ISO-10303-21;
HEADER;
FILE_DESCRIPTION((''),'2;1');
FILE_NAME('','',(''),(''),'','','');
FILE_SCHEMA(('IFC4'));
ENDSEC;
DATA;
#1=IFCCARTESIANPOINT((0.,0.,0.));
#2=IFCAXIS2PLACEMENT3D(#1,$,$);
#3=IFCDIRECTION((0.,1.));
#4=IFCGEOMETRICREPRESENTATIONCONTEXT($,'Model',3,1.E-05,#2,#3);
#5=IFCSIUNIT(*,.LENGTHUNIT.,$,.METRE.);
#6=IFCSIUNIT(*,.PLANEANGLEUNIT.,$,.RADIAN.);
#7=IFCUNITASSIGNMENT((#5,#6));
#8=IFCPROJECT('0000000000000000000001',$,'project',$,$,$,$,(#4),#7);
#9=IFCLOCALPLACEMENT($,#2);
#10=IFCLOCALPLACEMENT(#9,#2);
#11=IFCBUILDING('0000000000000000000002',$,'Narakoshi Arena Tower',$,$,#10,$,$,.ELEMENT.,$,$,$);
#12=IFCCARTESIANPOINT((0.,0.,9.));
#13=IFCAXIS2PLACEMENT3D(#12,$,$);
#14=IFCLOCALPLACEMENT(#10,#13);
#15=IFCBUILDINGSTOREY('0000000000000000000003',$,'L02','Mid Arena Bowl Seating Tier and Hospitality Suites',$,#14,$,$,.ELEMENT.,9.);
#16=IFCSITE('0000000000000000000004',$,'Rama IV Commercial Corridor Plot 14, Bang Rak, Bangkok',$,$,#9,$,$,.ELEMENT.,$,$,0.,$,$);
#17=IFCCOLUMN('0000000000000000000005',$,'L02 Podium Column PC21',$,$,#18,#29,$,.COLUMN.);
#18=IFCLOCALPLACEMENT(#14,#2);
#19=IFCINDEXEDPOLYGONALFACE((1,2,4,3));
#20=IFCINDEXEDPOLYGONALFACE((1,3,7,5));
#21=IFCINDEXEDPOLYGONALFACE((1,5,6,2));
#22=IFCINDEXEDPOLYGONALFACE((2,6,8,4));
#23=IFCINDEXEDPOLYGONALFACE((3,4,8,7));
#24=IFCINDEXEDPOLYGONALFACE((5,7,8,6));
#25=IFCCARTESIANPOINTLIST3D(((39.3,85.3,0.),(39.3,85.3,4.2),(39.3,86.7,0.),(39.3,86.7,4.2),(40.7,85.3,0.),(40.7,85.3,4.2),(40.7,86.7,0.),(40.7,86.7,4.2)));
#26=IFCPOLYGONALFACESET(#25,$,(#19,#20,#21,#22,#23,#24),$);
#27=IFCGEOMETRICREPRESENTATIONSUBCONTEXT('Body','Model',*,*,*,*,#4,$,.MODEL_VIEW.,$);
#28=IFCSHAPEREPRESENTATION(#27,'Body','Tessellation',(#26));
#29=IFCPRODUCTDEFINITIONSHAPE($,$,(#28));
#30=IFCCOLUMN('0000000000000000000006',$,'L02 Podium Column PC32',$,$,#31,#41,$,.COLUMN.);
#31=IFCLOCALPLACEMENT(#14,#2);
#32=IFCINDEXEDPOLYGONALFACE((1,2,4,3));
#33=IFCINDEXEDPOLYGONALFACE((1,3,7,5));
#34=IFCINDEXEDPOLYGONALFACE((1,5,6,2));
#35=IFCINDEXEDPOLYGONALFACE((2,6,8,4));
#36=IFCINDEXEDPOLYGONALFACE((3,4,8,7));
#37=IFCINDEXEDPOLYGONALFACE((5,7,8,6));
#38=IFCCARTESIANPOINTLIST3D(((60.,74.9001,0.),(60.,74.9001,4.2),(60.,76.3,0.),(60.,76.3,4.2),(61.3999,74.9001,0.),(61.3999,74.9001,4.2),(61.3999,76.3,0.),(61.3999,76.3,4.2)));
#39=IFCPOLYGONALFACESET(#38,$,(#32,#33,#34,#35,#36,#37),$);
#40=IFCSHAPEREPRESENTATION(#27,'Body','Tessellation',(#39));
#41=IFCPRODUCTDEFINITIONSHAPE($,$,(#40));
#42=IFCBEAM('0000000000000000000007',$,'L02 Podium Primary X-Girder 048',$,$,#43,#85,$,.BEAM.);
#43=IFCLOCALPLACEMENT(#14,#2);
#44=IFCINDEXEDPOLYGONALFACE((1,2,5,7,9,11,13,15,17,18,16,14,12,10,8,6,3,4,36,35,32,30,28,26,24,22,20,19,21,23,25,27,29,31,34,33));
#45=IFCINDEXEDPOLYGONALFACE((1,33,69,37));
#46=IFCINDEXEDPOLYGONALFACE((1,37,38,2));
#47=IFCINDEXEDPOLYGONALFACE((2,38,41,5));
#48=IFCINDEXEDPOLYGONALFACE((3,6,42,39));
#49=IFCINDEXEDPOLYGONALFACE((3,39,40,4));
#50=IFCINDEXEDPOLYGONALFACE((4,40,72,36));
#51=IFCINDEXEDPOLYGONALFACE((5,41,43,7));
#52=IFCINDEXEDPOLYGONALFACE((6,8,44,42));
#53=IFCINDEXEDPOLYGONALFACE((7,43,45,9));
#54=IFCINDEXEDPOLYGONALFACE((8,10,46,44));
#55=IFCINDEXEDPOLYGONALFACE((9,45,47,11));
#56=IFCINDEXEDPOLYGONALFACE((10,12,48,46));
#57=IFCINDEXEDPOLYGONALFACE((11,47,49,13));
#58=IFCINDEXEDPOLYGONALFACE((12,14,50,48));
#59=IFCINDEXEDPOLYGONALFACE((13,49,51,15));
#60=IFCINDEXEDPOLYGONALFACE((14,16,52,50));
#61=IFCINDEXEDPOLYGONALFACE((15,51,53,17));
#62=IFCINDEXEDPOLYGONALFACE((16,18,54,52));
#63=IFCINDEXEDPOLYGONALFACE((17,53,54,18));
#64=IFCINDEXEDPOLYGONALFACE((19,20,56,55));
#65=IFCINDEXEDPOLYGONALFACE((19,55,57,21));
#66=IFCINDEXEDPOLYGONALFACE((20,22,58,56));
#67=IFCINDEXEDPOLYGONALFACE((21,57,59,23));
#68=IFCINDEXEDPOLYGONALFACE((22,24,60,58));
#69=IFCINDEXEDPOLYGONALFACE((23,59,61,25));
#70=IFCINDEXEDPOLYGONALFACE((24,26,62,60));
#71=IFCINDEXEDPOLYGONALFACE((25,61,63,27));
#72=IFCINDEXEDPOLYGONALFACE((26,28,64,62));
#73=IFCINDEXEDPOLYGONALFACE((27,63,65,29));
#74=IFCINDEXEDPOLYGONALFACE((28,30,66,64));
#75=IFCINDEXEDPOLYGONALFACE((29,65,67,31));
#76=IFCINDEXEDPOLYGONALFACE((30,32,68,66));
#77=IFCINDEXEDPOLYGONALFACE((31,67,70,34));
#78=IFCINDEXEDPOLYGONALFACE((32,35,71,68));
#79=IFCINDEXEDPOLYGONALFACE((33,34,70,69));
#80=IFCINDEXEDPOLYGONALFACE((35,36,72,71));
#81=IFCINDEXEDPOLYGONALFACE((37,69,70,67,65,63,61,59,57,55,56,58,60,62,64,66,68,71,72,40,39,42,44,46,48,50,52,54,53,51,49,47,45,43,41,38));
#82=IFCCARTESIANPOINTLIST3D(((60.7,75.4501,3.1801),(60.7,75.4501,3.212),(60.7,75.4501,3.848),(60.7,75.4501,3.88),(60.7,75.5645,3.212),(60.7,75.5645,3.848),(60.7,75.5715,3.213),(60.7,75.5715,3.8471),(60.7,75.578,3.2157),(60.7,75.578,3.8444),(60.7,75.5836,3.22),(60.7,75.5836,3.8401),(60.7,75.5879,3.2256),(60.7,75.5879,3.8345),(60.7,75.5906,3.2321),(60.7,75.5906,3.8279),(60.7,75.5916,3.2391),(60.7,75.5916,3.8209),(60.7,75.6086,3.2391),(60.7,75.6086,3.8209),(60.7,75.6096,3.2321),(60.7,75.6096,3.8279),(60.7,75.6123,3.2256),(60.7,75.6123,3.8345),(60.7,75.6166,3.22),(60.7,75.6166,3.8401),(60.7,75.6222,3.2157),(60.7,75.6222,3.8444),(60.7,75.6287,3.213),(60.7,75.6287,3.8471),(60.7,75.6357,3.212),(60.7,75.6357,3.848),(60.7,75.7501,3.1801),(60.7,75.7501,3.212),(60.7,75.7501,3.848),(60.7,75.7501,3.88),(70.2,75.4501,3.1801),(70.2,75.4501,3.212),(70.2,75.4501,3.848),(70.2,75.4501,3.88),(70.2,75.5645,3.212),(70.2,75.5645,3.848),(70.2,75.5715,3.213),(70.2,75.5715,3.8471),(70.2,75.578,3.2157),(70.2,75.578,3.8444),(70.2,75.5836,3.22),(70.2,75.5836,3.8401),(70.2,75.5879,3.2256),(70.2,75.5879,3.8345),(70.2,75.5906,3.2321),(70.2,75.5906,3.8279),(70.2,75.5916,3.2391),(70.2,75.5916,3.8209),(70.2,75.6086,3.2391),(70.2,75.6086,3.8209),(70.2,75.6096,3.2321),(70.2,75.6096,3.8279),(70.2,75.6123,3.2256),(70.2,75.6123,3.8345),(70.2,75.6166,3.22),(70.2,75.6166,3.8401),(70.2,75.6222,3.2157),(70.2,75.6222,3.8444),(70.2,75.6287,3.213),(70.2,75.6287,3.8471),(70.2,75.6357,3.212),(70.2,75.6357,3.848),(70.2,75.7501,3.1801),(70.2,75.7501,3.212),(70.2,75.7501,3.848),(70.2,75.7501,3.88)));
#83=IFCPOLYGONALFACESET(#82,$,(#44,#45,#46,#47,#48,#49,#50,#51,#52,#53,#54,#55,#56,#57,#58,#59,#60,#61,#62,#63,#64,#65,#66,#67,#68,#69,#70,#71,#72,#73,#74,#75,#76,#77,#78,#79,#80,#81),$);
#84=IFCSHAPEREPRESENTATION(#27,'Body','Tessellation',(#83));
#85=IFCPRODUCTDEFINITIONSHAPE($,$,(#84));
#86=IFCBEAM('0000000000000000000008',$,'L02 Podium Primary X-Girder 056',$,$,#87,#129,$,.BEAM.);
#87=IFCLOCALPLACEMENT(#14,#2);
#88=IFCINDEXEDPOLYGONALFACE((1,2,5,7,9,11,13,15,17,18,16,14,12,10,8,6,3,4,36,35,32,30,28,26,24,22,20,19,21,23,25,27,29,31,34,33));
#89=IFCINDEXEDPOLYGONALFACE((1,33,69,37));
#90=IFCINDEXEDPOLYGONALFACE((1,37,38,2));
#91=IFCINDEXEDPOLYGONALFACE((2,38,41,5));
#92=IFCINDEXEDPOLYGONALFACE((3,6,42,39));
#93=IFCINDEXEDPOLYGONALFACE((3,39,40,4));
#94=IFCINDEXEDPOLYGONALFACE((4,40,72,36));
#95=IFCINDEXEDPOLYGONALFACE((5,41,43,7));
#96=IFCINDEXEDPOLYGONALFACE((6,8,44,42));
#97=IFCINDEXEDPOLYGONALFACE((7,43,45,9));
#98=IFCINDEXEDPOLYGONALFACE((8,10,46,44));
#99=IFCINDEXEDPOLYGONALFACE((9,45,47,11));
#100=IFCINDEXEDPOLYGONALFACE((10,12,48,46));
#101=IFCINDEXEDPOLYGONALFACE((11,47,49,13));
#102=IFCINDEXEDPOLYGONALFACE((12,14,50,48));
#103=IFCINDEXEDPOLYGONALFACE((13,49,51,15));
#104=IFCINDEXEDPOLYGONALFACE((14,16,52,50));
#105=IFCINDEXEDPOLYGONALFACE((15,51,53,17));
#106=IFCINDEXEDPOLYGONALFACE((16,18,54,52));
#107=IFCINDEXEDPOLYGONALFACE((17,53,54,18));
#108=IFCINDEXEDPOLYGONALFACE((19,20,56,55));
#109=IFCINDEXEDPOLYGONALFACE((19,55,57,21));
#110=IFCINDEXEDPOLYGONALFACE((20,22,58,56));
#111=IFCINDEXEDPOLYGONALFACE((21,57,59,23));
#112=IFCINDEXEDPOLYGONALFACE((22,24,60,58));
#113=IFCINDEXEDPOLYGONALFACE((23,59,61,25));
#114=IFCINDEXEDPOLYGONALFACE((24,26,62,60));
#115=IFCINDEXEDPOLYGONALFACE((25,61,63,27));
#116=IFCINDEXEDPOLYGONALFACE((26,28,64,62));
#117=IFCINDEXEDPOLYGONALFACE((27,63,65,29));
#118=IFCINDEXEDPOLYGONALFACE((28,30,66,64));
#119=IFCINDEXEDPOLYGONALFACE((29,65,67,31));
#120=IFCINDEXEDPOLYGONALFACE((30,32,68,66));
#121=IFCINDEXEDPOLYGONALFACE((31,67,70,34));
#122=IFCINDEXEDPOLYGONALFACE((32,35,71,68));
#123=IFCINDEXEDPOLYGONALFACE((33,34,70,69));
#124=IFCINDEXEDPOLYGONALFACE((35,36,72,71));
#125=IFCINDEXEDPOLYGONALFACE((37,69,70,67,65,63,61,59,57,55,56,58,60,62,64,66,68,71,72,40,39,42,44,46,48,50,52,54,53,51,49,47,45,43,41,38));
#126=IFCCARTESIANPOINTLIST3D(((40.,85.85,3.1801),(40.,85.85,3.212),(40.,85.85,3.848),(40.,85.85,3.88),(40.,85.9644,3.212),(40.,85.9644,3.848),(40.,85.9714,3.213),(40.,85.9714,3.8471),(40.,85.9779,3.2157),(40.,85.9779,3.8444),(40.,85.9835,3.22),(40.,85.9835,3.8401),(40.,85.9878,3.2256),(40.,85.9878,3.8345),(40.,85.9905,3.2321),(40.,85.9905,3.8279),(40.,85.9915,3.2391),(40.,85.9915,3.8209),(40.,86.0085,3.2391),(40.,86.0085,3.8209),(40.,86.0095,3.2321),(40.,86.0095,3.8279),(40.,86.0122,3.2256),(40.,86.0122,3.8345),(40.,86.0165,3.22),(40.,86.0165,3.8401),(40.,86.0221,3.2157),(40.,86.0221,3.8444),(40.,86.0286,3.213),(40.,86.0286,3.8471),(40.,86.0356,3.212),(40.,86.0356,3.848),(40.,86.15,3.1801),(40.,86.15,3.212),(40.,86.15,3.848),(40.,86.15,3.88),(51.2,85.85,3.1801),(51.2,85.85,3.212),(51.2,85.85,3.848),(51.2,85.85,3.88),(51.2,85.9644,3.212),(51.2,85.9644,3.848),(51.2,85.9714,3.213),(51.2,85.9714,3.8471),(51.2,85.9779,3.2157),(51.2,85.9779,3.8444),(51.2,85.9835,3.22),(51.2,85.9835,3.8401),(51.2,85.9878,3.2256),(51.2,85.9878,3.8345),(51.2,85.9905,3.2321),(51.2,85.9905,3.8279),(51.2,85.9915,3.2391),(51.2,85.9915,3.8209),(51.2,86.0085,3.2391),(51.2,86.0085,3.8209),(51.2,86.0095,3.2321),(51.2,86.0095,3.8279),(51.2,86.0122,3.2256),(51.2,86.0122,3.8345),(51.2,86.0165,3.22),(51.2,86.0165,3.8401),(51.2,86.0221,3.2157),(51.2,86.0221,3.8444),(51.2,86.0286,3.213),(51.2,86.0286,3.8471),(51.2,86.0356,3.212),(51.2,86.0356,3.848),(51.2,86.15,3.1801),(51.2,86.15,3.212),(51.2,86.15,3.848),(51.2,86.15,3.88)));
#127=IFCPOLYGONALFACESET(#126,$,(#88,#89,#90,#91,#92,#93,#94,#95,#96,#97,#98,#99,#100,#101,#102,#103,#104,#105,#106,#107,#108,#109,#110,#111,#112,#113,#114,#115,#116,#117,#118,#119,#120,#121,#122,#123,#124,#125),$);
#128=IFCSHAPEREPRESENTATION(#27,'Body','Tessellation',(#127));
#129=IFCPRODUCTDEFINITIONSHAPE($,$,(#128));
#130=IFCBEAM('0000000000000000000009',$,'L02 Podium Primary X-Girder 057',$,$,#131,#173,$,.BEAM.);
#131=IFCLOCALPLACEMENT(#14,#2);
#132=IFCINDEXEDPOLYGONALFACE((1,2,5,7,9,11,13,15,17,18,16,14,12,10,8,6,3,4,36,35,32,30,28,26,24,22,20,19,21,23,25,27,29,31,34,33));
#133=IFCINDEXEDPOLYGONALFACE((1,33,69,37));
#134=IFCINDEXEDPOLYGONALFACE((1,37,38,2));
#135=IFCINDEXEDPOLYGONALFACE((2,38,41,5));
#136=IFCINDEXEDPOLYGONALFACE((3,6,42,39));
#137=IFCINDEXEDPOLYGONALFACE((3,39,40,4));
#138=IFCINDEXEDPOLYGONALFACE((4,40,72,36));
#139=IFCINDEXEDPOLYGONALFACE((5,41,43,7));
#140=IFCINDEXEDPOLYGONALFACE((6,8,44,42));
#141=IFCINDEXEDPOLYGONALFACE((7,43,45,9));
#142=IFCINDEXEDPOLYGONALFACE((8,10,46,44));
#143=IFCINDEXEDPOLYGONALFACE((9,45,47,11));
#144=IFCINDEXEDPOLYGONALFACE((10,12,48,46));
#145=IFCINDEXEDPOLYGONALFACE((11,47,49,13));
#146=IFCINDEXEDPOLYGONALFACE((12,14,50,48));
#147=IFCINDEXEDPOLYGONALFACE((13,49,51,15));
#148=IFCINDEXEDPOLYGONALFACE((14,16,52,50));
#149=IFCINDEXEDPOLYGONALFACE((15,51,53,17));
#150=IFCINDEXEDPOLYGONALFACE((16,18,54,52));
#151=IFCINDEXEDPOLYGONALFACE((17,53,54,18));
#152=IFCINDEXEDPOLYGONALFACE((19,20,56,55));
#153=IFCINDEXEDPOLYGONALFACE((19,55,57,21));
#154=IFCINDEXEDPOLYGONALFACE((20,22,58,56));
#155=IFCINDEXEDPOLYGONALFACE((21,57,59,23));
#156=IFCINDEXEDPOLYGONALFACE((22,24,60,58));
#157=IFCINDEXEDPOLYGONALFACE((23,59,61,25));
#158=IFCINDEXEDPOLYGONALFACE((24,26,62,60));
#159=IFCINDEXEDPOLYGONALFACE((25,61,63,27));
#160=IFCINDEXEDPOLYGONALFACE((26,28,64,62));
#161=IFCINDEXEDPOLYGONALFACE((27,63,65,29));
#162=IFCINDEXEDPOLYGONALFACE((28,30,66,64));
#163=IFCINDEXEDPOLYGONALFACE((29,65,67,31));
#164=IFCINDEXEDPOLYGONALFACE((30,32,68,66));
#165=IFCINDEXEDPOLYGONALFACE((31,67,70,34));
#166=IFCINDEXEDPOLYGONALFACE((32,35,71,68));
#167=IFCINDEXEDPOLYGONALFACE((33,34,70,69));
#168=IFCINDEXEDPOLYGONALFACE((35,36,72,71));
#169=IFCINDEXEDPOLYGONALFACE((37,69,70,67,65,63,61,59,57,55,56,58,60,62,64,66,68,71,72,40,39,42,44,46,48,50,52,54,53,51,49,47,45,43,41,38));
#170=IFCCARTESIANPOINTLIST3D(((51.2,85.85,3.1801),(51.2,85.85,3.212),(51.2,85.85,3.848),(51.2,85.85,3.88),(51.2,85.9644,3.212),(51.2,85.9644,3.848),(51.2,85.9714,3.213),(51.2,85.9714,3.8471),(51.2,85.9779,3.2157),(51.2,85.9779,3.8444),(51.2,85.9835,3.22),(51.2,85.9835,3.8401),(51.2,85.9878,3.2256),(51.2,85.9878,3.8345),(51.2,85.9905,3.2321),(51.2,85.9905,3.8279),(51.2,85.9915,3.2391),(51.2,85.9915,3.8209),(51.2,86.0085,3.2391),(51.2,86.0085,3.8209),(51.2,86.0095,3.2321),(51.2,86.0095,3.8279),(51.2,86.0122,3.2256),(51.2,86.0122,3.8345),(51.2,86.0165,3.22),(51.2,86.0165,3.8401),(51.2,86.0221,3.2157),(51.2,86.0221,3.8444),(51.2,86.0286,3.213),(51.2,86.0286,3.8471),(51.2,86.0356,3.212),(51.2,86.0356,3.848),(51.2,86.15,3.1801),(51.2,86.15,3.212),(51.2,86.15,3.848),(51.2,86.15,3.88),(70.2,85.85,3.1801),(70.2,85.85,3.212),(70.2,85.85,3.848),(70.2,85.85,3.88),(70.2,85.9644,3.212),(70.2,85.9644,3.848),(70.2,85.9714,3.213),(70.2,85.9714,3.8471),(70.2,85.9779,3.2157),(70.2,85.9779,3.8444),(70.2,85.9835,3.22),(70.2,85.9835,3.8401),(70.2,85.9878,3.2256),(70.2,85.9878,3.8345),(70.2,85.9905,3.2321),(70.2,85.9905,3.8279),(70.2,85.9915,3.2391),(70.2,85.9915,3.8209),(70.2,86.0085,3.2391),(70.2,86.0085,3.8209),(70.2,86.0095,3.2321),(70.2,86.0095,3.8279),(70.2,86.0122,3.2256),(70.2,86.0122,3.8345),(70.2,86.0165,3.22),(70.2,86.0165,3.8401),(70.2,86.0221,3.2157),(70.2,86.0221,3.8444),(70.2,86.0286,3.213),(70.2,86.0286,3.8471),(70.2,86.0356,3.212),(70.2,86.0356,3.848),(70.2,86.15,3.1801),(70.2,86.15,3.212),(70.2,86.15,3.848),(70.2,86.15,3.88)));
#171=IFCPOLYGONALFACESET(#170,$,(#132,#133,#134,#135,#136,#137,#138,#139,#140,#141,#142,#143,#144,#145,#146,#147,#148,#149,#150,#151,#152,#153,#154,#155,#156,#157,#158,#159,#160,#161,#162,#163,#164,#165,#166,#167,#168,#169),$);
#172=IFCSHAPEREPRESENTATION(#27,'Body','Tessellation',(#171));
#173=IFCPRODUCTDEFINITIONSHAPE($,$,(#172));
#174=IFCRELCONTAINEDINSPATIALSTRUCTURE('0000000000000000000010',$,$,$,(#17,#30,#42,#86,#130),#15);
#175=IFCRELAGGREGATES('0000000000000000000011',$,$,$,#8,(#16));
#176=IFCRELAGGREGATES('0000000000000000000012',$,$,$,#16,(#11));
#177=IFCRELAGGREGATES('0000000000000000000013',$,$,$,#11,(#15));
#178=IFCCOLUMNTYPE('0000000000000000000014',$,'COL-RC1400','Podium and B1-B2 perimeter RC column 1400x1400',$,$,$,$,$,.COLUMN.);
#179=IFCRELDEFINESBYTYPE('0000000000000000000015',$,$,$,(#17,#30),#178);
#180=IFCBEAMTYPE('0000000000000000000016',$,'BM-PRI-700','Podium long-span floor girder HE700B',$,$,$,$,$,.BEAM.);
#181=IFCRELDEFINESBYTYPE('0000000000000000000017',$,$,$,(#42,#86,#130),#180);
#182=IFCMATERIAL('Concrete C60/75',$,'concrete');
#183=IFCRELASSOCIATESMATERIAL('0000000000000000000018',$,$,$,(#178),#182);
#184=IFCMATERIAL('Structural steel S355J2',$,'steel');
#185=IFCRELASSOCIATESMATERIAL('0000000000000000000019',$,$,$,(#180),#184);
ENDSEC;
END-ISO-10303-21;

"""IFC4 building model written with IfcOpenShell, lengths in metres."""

from ifc_helpers import new_model, si_unit, direction, frame, origin, origin_2d, place, context, subcontext, project, spatial, rectangle, i_section, extrude, material, material_profile, profile_set, type_object, element, save


model = new_model("IFC4")

# Units and contexts
model_context = context("Model", 3, precision=1e-05, world=origin(), true_north=direction((0.0, 1.0)))
body_context = subcontext(model_context, "Body", "Model", "MODEL_VIEW")
ifc_project = project(units=[si_unit("LENGTHUNIT", "METRE"), si_unit("PLANEANGLEUNIT", "RADIAN")], contexts=[model_context])

# Site, building, storey
site_placement = place(None, origin())
site = spatial("IfcSite", under=ifc_project, at=site_placement, Name="Rama IV Commercial Corridor Plot 14, Bang Rak, Bangkok", CompositionType="ELEMENT", RefElevation=0.0)
building_placement = place(site_placement, origin())
building = spatial("IfcBuilding", under=site, at=building_placement, Name="Narakoshi Arena Tower", CompositionType="ELEMENT")
storey_placement = place(building_placement, frame((0.0, 0.0, 9.0)))
storey = spatial("IfcBuildingStorey", under=building, at=storey_placement, Name="L02", Description="Mid Arena Bowl Seating Tier and Hospitality Suites", CompositionType="ELEMENT", Elevation=9.0)

# Columns
ifc_material_1 = material(Name="Concrete C60/75", Category="concrete")
ifc_material_profile_1 = material_profile(ifc_material_1, rectangle(XDim=1.3999, YDim=1.3999, at=origin_2d()), Name="RC1400x1400")
ifc_profile_set_1 = profile_set([ifc_material_profile_1], Name="Concrete C60/75")
column_type_1 = type_object("IfcColumnType", Name="COL-RC1400", Description="Podium and B1-B2 perimeter RC column 1400x1400", PredefinedType="COLUMN", material=ifc_profile_set_1)
for number, where, z_axis, x_axis, name in (
    (1, (40.0, 86.0, 0.0), (0.0, 0.0, 1.0), (1.0, 0.0, 0.0), "L02 Podium Column PC21"),
    (2, (60.7, 75.6001, 0.0), (0.0, 0.0, 1.0), (1.0, 0.0, 0.0), "L02 Podium Column PC32"),
):
    element("IfcColumn", number, at=place(storey_placement, frame(where, z_axis=z_axis, x_axis=x_axis)), inside=storey, type_object=column_type_1, Name=name, PredefinedType="COLUMN", context=body_context, shape_type="SweptSolid", body=[
        extrude(rectangle(XDim=1.3999, YDim=1.3999, at=origin_2d()), origin(), (0.0, 0.0, 1.0), 4.2),
    ])

# Beams
ifc_material_2 = material(Name="Structural steel S355J2", Category="steel")
ifc_material_profile_2 = material_profile(ifc_material_2, i_section(OverallWidth=0.3, OverallDepth=0.7, WebThickness=0.0171, FlangeThickness=0.032, FilletRadius=0.0271, at=origin_2d()), Name="HE700B")
ifc_profile_set_2 = profile_set([ifc_material_profile_2], Name="Structural steel S355J2")
beam_type_1 = type_object("IfcBeamType", Name="BM-PRI-700", Description="Podium long-span floor girder HE700B", PredefinedType="BEAM", material=ifc_profile_set_2)
beam_1_placement = place(storey_placement, frame((60.7, 75.6001, 3.53), z_axis=(1.0, 0.0, 0.0), x_axis=(0.0, 1.0, 0.0)))
element("IfcBeam", 3, at=beam_1_placement, inside=storey, type_object=beam_type_1, Name="L02 Podium Primary X-Girder 048", PredefinedType="BEAM", context=body_context, shape_type="SweptSolid", body=[
    extrude(i_section(OverallWidth=0.3, OverallDepth=0.7, WebThickness=0.0171, FlangeThickness=0.032, FilletRadius=0.0271, at=origin_2d()), origin(), (0.0, 0.0, 1.0), 9.5),
])
beam_2_placement = place(storey_placement, frame((40.0, 86.0, 3.53), z_axis=(1.0, 0.0, 0.0), x_axis=(0.0, 1.0, 0.0)))
element("IfcBeam", 4, at=beam_2_placement, inside=storey, type_object=beam_type_1, Name="L02 Podium Primary X-Girder 056", PredefinedType="BEAM", context=body_context, shape_type="SweptSolid", body=[
    extrude(i_section(OverallWidth=0.3, OverallDepth=0.7, WebThickness=0.0171, FlangeThickness=0.032, FilletRadius=0.0271, at=origin_2d()), origin(), (0.0, 0.0, 1.0), 11.2),
])
beam_3_placement = place(storey_placement, frame((51.2, 86.0, 3.53), z_axis=(1.0, 0.0, 0.0), x_axis=(0.0, 1.0, 0.0)))
element("IfcBeam", 5, at=beam_3_placement, inside=storey, type_object=beam_type_1, Name="L02 Podium Primary X-Girder 057", PredefinedType="BEAM", context=body_context, shape_type="SweptSolid", body=[
    extrude(i_section(OverallWidth=0.3, OverallDepth=0.7, WebThickness=0.0171, FlangeThickness=0.032, FilletRadius=0.0271, at=origin_2d()), origin(), (0.0, 0.0, 1.0), 19.0),
])

save(model, "model.ifc")
